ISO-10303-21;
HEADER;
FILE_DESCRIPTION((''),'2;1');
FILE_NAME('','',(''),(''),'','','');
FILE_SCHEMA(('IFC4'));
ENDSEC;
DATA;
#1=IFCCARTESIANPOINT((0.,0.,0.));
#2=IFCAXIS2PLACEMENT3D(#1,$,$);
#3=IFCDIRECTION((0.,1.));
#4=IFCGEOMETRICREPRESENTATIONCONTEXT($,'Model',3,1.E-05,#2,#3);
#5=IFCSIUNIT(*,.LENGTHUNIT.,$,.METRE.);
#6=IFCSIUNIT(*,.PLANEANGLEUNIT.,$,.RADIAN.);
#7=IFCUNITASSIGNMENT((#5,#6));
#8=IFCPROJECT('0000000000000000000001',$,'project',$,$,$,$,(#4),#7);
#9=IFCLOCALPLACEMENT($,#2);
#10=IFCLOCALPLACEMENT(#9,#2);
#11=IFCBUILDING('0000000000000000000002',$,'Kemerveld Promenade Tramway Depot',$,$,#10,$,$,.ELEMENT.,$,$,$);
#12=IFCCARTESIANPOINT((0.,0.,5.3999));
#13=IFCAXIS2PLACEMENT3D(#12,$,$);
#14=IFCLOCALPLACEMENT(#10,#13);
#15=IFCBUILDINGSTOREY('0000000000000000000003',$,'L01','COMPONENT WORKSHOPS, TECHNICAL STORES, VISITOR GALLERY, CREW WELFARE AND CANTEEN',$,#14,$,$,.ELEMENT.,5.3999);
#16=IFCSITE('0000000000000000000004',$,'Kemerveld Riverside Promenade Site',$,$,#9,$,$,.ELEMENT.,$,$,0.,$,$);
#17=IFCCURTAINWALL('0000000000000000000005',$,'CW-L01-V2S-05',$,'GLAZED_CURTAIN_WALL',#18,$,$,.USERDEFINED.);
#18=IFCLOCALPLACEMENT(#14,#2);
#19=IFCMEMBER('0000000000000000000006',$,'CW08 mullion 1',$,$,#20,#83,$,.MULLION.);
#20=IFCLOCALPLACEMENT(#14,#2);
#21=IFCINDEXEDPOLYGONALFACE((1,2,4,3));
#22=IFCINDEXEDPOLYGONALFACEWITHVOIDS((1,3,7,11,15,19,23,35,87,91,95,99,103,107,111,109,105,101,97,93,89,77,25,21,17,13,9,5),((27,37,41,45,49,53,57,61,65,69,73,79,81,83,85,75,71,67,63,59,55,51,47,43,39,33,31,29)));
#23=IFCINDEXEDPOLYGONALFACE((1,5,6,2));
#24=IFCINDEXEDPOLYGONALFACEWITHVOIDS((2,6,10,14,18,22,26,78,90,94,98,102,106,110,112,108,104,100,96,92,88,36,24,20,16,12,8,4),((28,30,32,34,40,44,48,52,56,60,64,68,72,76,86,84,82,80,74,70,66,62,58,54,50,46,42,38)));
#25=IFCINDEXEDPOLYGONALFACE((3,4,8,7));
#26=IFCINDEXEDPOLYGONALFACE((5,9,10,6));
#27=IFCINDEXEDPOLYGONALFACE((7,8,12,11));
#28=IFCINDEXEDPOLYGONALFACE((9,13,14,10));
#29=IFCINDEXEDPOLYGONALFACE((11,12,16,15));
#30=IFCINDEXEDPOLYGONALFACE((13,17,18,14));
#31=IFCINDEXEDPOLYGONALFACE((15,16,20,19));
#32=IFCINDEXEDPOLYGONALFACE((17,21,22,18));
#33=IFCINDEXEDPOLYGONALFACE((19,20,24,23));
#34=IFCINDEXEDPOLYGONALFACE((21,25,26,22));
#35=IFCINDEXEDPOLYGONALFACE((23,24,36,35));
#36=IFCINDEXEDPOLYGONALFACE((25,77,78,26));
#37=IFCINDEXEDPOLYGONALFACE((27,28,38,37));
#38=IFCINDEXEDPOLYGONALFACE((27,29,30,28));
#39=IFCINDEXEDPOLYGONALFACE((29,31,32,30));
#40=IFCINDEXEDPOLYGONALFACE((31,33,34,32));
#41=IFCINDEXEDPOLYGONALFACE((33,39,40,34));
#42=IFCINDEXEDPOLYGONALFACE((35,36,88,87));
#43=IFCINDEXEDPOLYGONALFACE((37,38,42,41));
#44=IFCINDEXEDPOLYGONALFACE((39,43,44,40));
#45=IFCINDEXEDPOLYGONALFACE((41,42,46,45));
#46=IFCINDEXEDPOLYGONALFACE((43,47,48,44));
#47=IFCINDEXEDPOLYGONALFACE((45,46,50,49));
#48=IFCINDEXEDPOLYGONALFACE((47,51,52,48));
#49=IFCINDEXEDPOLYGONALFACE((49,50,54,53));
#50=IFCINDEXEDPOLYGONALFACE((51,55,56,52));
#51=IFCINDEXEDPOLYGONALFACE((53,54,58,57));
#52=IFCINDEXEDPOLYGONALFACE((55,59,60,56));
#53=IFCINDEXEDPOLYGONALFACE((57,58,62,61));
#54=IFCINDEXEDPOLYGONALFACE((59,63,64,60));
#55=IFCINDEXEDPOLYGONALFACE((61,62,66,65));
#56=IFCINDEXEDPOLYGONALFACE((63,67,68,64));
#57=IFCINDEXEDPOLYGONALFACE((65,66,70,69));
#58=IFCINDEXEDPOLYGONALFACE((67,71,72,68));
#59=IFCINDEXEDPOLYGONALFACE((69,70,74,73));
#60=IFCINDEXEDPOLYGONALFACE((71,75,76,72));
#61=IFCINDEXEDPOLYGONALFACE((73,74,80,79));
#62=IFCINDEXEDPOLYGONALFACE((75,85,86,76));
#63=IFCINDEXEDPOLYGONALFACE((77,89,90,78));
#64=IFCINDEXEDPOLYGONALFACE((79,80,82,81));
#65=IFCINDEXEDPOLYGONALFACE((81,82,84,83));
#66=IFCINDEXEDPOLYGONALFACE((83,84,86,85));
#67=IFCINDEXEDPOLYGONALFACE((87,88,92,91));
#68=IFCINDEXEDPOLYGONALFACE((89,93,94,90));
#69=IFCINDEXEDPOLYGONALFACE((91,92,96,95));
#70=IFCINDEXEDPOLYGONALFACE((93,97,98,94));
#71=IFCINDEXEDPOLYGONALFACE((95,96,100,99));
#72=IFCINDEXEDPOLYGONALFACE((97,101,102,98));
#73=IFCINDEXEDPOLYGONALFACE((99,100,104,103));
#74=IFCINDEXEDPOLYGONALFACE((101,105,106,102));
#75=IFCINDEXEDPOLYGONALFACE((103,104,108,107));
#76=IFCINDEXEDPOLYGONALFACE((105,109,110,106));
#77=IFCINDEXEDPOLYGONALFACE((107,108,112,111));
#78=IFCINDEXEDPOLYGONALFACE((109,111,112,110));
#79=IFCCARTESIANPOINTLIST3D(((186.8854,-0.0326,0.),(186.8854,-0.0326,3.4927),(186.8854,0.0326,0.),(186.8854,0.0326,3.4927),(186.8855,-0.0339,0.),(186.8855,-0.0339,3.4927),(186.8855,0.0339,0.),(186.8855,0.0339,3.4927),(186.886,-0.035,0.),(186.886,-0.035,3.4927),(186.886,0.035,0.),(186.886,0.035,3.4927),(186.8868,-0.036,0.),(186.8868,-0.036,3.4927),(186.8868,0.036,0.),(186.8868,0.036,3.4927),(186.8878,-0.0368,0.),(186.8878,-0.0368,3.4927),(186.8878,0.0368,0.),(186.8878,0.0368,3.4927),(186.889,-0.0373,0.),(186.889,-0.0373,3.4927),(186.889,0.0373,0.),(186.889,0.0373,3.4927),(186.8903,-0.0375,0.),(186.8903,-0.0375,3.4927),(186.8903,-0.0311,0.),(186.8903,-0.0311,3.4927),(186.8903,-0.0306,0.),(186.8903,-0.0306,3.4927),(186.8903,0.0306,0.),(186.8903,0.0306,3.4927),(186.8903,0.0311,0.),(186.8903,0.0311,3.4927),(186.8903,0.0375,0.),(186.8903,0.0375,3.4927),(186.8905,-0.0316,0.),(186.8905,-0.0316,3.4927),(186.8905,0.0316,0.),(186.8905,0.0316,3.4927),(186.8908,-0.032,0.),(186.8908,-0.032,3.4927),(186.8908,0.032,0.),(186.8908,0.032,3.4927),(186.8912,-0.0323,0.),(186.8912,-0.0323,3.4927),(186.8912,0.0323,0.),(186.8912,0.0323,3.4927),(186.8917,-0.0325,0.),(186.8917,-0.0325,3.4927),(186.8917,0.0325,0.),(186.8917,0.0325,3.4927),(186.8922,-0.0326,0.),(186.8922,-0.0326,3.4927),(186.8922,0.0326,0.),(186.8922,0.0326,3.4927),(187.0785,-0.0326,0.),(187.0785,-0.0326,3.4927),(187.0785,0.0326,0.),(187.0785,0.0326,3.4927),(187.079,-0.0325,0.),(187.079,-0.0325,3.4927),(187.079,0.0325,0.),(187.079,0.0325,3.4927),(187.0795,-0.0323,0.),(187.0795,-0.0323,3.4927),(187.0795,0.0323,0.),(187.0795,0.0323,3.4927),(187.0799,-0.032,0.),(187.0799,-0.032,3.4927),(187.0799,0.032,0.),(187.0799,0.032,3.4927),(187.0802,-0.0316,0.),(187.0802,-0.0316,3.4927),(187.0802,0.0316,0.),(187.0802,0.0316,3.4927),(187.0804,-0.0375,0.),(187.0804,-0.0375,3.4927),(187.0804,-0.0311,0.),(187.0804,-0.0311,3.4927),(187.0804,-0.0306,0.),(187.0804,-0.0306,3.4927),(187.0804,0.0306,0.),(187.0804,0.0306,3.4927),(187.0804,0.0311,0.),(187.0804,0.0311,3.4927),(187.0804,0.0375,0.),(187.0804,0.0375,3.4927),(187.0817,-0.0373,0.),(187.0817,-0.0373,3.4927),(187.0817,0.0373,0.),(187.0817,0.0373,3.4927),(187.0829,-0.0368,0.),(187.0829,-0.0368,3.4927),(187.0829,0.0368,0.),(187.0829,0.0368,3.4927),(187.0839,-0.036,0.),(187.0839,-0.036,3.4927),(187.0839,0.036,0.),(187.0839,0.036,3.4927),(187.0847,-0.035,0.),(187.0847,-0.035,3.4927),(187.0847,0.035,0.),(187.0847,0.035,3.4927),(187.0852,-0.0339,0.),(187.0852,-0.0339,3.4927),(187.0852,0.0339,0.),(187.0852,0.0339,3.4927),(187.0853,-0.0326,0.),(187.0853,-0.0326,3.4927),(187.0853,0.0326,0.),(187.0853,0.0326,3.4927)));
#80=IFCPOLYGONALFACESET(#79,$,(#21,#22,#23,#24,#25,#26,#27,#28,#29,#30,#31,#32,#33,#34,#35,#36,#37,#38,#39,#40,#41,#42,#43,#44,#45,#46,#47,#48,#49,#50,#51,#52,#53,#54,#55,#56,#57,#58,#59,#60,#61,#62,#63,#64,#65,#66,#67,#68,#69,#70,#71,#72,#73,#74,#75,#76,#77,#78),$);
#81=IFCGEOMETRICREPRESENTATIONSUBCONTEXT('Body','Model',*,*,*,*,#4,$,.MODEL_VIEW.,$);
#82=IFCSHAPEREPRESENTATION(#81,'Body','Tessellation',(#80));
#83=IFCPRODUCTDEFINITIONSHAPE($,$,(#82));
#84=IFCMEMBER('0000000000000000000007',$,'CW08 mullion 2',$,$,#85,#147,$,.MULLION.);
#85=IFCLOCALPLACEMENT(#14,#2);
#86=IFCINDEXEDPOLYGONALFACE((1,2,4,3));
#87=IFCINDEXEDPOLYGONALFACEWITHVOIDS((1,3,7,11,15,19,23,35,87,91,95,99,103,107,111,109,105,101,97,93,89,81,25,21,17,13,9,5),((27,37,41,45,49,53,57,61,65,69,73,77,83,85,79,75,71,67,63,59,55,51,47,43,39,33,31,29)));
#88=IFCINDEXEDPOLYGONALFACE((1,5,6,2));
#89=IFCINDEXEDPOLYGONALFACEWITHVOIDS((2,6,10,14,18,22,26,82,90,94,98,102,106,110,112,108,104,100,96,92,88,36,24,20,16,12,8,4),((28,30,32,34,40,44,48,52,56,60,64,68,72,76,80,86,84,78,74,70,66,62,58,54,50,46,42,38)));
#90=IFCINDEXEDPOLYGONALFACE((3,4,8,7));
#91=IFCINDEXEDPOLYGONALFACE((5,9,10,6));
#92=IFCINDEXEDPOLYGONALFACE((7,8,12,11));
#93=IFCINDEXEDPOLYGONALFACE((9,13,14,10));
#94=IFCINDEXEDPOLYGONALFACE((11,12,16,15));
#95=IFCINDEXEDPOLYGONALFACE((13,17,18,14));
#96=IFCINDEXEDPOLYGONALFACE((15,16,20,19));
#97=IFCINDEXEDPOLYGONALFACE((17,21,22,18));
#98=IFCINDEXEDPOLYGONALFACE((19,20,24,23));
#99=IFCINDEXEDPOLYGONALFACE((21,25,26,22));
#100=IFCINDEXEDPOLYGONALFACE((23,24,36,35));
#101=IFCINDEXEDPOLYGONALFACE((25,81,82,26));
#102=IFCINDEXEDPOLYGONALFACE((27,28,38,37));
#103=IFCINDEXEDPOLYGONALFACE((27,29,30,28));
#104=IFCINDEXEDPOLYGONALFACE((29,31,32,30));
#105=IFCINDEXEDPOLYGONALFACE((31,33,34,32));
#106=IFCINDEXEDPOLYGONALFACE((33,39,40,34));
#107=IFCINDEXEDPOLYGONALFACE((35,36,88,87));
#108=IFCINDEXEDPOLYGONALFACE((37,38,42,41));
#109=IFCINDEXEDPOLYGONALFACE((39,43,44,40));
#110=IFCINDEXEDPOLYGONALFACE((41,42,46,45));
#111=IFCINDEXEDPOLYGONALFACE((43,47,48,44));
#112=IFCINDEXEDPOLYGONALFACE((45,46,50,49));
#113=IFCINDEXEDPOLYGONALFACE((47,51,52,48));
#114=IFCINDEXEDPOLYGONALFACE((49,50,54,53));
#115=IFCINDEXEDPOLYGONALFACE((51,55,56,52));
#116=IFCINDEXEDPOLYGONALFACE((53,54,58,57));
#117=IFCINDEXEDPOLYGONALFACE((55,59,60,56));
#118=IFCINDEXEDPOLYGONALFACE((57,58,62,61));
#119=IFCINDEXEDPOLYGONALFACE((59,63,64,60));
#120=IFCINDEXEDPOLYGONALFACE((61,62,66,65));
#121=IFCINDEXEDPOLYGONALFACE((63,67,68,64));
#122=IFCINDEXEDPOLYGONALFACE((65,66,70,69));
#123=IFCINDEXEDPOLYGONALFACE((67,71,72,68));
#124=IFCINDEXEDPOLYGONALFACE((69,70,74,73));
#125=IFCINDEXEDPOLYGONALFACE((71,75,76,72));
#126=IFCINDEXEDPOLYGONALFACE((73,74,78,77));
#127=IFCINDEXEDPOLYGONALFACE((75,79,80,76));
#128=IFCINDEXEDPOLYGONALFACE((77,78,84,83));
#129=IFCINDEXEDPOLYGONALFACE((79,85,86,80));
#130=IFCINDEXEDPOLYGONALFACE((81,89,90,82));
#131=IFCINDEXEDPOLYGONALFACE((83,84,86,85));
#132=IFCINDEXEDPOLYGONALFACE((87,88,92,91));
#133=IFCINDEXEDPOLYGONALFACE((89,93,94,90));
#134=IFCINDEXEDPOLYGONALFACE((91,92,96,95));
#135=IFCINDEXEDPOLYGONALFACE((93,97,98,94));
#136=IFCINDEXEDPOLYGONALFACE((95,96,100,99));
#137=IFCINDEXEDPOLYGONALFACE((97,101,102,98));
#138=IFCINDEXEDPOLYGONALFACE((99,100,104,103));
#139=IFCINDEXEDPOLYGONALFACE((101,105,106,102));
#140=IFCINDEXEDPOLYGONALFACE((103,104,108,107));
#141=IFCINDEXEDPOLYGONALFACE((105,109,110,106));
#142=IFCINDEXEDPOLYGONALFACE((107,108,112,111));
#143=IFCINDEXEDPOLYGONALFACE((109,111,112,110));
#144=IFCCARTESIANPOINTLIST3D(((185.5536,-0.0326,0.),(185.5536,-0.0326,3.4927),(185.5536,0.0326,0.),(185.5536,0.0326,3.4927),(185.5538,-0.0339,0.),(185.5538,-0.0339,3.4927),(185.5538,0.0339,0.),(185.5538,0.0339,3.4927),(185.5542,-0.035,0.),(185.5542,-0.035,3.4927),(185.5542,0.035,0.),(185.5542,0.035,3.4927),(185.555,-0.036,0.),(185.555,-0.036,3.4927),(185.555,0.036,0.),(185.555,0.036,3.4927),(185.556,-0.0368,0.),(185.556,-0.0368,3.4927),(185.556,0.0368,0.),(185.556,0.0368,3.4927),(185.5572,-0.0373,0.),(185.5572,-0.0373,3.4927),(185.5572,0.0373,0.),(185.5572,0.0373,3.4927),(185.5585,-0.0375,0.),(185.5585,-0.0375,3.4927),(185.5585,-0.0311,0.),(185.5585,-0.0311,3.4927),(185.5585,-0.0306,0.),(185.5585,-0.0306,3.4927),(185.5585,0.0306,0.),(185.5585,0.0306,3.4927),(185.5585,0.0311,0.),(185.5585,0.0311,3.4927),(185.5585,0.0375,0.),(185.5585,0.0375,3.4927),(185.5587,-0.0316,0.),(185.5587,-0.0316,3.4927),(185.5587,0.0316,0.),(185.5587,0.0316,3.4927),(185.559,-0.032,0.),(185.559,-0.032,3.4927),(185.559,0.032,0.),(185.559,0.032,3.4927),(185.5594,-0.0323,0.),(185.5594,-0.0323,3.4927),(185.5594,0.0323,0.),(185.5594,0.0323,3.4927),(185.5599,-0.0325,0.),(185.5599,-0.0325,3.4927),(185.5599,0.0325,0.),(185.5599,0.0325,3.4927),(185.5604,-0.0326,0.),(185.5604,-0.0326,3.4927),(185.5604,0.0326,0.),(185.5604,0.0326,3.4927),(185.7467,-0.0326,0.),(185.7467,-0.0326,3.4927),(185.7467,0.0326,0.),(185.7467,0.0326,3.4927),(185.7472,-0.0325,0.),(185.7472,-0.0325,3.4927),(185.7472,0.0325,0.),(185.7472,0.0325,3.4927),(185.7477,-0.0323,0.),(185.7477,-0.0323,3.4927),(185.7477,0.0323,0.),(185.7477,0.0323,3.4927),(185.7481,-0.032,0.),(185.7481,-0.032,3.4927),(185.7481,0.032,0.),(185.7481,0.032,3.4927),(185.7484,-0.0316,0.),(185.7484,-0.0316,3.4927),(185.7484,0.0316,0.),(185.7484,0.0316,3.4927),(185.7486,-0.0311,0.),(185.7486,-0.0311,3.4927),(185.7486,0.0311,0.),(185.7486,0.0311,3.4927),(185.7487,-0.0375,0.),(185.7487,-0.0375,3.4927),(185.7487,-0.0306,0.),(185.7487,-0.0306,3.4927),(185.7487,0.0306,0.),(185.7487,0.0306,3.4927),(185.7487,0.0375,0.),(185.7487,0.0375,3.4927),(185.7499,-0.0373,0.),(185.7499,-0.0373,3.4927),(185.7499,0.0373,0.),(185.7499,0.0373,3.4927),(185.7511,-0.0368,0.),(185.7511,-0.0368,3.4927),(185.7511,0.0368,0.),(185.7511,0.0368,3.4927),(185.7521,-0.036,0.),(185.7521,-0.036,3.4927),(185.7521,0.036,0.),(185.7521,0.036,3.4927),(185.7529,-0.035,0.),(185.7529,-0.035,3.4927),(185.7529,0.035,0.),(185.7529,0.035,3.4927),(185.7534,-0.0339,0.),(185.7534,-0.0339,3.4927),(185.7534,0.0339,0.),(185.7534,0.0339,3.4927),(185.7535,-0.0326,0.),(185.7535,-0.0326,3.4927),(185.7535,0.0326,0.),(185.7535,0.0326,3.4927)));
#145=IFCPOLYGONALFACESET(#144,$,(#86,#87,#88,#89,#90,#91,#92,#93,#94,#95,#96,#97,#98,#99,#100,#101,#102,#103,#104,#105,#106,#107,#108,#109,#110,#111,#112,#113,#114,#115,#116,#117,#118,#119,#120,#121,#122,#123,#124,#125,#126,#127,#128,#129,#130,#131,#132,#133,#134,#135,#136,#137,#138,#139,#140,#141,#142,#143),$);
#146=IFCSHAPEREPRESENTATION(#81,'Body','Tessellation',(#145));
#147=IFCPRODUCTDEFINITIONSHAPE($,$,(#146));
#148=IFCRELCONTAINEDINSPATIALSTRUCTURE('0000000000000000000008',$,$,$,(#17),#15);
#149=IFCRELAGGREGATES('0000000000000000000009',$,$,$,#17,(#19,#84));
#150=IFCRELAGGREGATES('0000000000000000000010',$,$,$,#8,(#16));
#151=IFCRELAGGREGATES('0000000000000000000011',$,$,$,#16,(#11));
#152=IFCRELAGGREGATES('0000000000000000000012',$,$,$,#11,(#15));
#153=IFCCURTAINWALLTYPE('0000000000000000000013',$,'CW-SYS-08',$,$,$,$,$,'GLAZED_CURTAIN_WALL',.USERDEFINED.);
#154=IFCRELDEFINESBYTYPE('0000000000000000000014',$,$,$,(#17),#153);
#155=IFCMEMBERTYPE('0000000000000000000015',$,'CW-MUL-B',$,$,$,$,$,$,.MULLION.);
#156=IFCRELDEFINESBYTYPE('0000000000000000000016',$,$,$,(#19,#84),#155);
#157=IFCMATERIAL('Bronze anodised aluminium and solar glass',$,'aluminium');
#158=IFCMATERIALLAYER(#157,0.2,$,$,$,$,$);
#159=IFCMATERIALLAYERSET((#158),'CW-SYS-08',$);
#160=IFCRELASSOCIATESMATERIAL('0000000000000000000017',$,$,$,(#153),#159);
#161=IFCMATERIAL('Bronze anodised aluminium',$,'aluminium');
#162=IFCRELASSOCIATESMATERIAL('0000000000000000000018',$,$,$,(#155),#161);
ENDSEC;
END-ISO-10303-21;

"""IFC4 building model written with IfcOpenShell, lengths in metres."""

from ifc_helpers import new_model, si_unit, direction, frame, origin, origin_2d, place, context, subcontext, project, spatial, hollow_rectangle, extrude, material, layer, layer_set, material_profile, profile_set, type_object, element, aggregate, save


model = new_model("IFC4")

# Units and contexts
model_context = context("Model", 3, precision=1e-05, world=origin(), true_north=direction((0.0, 1.0)))
body_context = subcontext(model_context, "Body", "Model", "MODEL_VIEW")
ifc_project = project(units=[si_unit("LENGTHUNIT", "METRE"), si_unit("PLANEANGLEUNIT", "RADIAN")], contexts=[model_context])

# Site, building, storey
site_placement = place(None, origin())
site = spatial("IfcSite", under=ifc_project, at=site_placement, Name="Kemerveld Riverside Promenade Site", CompositionType="ELEMENT", RefElevation=0.0)
building_placement = place(site_placement, origin())
building = spatial("IfcBuilding", under=site, at=building_placement, Name="Kemerveld Promenade Tramway Depot", CompositionType="ELEMENT")
storey_placement = place(building_placement, frame((0.0, 0.0, 5.3999)))
storey = spatial("IfcBuildingStorey", under=building, at=storey_placement, Name="L01", Description="COMPONENT WORKSHOPS, TECHNICAL STORES, VISITOR GALLERY, CREW WELFARE AND CANTEEN", CompositionType="ELEMENT", Elevation=5.3999)

# Curtain wall, members
ifc_material_1 = material(Name="Bronze anodised aluminium and solar glass", Category="aluminium")
ifc_layer_1 = layer(ifc_material_1, 0.2)
ifc_layer_set_1 = layer_set([ifc_layer_1], Name="CW-SYS-08")
curtain_wall_type = type_object("IfcCurtainWallType", Name="CW-SYS-08", ElementType="GLAZED_CURTAIN_WALL", PredefinedType="USERDEFINED", material=ifc_layer_set_1)
curtain_wall_placement = place(storey_placement, origin())
curtain_wall = element("IfcCurtainWall", 1, at=curtain_wall_placement, inside=storey, type_object=curtain_wall_type, Name="CW-L01-V2S-05", ObjectType="GLAZED_CURTAIN_WALL", PredefinedType="USERDEFINED")
ifc_material_2 = material(Name="Bronze anodised aluminium", Category="aluminium")
ifc_material_profile_1 = material_profile(ifc_material_2, hollow_rectangle(XDim=0.075, YDim=0.2, WallThickness=0.0049, InnerFilletRadius=0.002, OuterFilletRadius=0.0049, at=origin_2d()), Name="CW-MUL-200x75")
ifc_profile_set_1 = profile_set([ifc_material_profile_1], Name="Bronze anodised aluminium")
member_type_1 = type_object("IfcMemberType", Name="CW-MUL-B", PredefinedType="MULLION", material=ifc_profile_set_1)
member_1_placement = place(storey_placement, frame((186.9854, 0.0, 0.0), z_axis=(0.0, 0.0, 1.0), x_axis=(0.0, -1.0, 0.0)))
member_1 = element("IfcMember", 2, at=member_1_placement, type_object=member_type_1, Name="CW08 mullion 1", PredefinedType="MULLION", context=body_context, shape_type="SweptSolid", body=[
    extrude(hollow_rectangle(XDim=0.075, YDim=0.2, WallThickness=0.0049, InnerFilletRadius=0.002, OuterFilletRadius=0.0049, at=origin_2d()), origin(), (0.0, 0.0, 1.0), 3.4927),
])
member_2_placement = place(storey_placement, frame((185.6536, 0.0, 0.0), z_axis=(0.0, 0.0, 1.0), x_axis=(0.0, -1.0, 0.0)))
member_2 = element("IfcMember", 3, at=member_2_placement, type_object=member_type_1, Name="CW08 mullion 2", PredefinedType="MULLION", context=body_context, shape_type="SweptSolid", body=[
    extrude(hollow_rectangle(XDim=0.075, YDim=0.2, WallThickness=0.0049, InnerFilletRadius=0.002, OuterFilletRadius=0.0049, at=origin_2d()), origin(), (0.0, 0.0, 1.0), 3.4927),
])
aggregate(curtain_wall, [member_1, member_2])

save(model, "model.ifc")
